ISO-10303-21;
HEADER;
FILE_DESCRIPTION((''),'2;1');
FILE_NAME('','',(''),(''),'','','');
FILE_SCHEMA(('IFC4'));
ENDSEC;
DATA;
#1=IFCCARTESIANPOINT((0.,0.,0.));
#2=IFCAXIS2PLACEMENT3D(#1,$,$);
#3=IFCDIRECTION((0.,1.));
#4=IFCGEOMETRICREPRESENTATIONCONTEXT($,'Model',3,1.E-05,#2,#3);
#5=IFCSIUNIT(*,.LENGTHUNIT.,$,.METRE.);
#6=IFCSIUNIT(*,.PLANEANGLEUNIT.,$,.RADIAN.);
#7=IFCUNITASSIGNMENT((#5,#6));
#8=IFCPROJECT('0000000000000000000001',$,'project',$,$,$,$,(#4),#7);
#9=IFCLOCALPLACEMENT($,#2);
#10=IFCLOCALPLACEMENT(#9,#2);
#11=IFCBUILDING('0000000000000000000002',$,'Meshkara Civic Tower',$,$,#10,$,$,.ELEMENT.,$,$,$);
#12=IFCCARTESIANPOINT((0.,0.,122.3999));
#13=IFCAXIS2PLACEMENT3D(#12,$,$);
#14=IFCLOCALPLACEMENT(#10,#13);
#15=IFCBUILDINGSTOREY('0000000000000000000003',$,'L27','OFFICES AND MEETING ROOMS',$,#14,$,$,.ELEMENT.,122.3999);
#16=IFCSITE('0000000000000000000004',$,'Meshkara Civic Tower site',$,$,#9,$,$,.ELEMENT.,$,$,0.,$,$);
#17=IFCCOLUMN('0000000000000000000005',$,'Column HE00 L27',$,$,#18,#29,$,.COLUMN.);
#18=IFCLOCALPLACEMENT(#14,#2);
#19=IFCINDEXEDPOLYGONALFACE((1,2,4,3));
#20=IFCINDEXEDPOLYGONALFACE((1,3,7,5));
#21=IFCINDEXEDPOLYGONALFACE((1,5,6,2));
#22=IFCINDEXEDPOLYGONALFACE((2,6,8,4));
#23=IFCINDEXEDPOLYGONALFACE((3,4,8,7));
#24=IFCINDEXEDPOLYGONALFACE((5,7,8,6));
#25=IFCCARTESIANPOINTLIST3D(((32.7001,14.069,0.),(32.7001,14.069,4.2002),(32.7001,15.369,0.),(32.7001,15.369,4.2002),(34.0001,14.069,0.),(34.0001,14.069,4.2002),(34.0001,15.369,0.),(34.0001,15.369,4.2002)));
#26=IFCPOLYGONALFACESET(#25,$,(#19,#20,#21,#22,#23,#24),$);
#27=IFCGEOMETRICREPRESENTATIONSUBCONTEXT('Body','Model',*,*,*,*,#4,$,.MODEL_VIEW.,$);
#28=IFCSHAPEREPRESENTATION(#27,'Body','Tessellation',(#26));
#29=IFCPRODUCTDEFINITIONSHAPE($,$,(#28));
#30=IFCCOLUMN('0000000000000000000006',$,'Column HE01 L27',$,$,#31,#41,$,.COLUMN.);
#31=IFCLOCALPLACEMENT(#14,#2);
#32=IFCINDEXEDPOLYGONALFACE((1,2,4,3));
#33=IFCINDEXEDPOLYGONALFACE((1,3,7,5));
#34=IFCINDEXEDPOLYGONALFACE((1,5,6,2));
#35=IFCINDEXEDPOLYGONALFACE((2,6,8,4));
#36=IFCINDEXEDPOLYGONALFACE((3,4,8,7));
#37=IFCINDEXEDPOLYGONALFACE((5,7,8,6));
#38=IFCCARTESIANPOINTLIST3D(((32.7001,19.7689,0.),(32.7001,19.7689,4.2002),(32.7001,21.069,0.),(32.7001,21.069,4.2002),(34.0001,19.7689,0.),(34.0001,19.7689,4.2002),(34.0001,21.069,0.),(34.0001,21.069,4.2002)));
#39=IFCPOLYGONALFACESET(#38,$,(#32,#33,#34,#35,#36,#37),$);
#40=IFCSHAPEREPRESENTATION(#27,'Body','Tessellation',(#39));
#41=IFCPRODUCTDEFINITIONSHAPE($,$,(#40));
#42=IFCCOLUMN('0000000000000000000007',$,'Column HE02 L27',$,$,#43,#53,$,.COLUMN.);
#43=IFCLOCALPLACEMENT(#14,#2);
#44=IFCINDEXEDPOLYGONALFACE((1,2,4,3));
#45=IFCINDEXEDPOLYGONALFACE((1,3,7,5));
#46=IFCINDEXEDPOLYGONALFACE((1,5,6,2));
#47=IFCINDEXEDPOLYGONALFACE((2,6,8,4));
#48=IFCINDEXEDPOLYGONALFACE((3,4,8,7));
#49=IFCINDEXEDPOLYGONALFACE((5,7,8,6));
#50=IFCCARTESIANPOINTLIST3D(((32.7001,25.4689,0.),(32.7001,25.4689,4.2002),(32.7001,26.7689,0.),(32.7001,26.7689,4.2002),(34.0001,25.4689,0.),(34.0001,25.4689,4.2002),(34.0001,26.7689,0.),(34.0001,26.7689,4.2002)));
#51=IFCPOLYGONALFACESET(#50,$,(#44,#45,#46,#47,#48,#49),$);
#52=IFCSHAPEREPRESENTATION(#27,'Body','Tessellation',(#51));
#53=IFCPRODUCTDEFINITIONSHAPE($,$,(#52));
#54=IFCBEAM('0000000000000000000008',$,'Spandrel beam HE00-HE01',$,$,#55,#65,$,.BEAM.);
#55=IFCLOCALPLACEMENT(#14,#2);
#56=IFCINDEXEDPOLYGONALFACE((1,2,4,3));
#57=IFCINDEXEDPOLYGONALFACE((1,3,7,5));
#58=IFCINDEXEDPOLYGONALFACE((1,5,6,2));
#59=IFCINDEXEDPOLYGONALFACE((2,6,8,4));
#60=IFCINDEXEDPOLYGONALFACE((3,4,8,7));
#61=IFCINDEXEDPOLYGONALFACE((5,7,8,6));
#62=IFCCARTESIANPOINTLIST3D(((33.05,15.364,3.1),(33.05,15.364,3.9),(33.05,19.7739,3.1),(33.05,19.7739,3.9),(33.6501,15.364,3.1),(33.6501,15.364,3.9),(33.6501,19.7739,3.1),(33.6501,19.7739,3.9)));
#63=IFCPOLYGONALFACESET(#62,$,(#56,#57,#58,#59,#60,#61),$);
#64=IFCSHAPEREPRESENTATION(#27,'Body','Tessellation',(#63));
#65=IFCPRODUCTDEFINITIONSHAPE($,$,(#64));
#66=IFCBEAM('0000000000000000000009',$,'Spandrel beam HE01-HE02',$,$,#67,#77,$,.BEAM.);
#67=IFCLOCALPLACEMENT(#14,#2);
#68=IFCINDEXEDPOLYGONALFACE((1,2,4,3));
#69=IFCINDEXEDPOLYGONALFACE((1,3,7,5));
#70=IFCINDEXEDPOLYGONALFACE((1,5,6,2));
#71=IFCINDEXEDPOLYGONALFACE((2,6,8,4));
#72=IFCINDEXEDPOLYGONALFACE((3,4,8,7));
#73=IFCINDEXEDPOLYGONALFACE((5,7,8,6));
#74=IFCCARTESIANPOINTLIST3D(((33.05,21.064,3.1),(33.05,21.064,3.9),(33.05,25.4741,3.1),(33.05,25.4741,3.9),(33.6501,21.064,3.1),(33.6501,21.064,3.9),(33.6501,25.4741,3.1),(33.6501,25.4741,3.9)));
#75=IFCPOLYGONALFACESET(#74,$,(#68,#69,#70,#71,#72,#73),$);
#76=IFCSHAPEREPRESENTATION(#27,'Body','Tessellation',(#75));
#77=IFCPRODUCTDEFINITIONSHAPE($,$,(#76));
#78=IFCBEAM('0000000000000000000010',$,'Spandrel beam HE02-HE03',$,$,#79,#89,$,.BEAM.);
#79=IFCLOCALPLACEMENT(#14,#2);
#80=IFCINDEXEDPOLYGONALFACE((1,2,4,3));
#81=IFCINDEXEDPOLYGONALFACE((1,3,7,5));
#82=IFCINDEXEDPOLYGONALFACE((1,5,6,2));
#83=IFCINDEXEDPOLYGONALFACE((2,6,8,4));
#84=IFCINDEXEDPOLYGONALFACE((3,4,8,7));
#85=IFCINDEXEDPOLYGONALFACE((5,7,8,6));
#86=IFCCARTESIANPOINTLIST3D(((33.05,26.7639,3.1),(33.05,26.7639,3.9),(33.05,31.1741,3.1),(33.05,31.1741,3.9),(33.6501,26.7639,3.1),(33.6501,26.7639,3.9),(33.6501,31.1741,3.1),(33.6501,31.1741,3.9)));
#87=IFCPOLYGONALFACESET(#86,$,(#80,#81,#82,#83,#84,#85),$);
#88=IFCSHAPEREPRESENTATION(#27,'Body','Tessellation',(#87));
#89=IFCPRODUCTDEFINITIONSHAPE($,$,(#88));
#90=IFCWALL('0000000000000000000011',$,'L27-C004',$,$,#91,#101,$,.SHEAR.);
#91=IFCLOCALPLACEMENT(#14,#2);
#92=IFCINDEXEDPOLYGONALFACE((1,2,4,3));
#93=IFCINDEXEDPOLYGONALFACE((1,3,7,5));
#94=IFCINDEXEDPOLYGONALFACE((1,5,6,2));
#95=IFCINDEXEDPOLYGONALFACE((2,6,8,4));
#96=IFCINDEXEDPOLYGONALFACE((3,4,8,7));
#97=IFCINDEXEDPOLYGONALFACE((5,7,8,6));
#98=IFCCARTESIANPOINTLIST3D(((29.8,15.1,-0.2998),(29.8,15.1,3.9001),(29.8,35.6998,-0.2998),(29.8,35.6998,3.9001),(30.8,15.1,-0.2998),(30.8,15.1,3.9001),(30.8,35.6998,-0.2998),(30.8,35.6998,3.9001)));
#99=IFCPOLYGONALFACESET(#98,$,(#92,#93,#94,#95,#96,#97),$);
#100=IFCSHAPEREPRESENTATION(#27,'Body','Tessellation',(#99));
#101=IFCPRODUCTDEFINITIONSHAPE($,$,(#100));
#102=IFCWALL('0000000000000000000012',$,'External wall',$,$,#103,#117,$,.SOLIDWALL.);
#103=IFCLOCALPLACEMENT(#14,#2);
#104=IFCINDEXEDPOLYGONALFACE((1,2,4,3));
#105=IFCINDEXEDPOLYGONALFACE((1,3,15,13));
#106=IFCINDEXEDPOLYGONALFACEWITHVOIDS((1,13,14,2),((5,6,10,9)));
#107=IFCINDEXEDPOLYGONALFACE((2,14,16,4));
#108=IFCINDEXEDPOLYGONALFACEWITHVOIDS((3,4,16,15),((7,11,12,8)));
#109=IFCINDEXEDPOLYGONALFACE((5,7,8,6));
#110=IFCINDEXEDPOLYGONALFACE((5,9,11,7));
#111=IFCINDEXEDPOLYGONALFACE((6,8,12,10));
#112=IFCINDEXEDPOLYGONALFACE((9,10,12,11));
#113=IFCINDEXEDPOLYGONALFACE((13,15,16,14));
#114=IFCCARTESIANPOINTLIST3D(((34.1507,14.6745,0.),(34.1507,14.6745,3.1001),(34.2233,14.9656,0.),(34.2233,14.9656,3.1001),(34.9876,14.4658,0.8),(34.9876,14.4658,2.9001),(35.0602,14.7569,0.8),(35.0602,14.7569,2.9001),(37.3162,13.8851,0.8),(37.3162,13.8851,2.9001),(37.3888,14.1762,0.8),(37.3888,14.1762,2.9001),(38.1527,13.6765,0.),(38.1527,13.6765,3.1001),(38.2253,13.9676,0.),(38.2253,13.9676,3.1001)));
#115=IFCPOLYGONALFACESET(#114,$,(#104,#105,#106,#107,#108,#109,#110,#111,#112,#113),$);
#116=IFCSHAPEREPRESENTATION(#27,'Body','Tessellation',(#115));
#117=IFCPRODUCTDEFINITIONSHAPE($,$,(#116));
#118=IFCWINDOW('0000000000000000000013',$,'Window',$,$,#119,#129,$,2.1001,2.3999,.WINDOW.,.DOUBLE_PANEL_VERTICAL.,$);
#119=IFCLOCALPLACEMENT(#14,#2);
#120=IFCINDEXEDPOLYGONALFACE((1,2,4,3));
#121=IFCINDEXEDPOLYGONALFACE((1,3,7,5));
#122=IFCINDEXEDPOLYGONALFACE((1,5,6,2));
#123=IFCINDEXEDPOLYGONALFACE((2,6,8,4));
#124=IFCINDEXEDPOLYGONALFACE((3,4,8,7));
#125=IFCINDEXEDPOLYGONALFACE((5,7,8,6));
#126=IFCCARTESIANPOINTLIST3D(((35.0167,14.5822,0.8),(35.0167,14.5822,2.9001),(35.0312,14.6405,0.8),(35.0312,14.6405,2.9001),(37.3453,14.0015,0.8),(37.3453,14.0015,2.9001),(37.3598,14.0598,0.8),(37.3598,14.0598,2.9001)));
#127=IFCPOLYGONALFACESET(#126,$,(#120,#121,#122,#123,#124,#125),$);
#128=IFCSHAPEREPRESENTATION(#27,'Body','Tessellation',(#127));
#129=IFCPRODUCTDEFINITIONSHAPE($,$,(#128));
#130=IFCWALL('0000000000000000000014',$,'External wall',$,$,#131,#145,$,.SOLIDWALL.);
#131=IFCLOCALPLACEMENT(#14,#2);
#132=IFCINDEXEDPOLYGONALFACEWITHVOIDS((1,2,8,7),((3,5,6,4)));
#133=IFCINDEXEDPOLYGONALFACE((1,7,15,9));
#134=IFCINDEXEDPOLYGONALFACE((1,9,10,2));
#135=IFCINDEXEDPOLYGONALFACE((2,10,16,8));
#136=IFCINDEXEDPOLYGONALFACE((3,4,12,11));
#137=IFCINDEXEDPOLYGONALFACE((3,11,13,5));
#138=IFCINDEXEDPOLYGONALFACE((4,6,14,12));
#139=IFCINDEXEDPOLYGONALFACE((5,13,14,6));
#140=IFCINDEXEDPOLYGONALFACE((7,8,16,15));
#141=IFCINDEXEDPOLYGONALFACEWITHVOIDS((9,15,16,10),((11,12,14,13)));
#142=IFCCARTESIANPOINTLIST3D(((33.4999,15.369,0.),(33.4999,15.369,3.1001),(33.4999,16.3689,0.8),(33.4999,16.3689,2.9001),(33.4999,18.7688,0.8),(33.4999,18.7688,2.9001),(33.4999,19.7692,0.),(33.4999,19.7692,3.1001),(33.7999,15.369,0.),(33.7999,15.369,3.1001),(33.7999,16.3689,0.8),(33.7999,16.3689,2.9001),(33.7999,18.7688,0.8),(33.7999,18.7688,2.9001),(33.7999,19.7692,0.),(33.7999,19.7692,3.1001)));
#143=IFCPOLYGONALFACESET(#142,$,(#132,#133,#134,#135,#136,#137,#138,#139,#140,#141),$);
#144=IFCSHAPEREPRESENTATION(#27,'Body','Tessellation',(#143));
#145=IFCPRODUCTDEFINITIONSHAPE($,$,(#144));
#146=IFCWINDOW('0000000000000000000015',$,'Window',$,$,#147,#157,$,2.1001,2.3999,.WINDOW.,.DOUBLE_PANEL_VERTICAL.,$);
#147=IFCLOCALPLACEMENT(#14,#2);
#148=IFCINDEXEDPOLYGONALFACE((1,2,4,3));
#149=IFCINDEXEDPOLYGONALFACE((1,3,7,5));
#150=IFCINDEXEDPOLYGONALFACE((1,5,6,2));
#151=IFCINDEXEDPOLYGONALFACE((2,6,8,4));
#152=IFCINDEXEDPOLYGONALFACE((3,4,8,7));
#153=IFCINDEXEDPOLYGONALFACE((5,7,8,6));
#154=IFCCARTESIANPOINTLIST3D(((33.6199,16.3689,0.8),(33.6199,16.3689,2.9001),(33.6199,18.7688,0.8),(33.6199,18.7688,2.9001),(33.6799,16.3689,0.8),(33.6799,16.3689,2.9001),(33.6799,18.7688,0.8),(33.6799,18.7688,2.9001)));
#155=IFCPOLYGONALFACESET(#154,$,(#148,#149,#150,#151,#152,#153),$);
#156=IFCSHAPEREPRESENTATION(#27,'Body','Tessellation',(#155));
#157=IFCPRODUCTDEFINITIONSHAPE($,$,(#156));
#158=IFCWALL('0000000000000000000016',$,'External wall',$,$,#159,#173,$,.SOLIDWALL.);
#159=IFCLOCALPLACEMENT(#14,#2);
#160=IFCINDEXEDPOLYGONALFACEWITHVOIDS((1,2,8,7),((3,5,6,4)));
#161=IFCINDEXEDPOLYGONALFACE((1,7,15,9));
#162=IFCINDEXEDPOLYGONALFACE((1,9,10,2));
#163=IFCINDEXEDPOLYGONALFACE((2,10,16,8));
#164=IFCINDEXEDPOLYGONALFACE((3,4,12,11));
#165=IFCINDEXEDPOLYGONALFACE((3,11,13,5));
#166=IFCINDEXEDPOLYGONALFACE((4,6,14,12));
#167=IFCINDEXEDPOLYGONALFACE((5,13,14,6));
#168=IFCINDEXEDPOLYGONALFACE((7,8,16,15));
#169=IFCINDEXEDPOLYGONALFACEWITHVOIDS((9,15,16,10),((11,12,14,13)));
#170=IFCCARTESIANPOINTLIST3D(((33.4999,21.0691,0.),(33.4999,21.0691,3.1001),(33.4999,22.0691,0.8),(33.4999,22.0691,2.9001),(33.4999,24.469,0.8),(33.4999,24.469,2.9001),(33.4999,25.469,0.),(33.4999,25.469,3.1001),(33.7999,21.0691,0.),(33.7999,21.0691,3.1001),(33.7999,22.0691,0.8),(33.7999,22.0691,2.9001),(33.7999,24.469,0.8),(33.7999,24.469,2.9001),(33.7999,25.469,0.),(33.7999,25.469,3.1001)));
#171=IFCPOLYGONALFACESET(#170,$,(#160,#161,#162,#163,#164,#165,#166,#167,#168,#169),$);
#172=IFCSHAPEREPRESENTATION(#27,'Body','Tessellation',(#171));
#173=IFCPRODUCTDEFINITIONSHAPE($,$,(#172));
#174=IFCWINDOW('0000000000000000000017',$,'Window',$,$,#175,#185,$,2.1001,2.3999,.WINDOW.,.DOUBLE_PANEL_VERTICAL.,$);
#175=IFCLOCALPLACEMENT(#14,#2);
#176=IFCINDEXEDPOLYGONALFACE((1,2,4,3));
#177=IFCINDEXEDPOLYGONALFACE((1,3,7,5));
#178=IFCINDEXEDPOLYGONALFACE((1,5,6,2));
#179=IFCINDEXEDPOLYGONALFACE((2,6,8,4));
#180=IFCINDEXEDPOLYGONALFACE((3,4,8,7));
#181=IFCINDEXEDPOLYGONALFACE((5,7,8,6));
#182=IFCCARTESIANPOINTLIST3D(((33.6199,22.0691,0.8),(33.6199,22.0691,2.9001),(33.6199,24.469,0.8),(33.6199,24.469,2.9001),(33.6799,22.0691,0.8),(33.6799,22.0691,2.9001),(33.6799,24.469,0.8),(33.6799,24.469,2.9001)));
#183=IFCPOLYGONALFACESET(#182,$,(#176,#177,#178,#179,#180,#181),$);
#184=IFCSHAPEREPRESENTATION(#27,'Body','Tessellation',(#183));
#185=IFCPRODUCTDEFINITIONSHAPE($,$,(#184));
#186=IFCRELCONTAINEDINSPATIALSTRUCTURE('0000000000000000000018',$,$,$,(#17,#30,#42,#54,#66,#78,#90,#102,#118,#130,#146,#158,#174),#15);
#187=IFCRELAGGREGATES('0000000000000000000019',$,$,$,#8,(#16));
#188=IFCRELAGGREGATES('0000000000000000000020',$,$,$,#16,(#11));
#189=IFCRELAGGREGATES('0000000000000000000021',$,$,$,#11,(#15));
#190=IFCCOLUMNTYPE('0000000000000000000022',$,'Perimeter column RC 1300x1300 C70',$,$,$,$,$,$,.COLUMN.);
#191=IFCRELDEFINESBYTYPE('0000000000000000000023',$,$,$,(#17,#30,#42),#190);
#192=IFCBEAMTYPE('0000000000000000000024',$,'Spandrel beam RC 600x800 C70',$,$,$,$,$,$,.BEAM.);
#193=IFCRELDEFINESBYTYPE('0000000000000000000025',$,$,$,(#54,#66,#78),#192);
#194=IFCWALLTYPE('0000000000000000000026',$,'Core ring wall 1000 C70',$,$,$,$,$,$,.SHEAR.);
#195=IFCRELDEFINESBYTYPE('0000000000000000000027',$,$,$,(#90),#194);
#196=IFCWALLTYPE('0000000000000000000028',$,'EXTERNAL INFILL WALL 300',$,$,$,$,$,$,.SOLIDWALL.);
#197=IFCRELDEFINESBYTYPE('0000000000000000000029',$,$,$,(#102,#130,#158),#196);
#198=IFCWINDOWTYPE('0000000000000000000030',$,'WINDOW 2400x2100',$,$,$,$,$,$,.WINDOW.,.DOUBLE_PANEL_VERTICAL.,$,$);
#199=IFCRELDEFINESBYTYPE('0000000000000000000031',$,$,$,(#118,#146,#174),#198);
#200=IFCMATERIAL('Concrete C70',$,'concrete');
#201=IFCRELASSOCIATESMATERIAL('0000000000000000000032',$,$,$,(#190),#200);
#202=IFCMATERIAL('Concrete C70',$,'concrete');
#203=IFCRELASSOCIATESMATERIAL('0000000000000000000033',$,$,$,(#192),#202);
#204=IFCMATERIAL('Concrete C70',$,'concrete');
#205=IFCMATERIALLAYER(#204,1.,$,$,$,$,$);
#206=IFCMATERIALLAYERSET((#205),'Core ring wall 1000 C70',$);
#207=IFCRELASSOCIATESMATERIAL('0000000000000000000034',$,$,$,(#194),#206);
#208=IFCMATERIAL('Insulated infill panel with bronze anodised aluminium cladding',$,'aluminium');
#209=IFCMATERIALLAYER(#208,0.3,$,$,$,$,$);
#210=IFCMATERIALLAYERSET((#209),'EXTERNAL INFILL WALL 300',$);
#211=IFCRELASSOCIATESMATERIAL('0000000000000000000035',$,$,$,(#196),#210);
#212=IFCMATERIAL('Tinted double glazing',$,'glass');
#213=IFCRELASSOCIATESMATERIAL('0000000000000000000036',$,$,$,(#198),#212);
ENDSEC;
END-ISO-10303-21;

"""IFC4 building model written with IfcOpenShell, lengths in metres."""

from ifc_helpers import new_model, si_unit, direction, frame, frame_2d, origin, origin_2d, place, context, subcontext, project, spatial, rectangle, extrude, material, layer, layer_set, material_profile, profile_set, type_object, element, fill, save


model = new_model("IFC4")

# Units and contexts
model_context = context("Model", 3, precision=1e-05, world=origin(), true_north=direction((0.0, 1.0)))
body_context = subcontext(model_context, "Body", "Model", "MODEL_VIEW")
ifc_project = project(units=[si_unit("LENGTHUNIT", "METRE"), si_unit("PLANEANGLEUNIT", "RADIAN")], contexts=[model_context])

# Site, building, storey
site_placement = place(None, origin())
site = spatial("IfcSite", under=ifc_project, at=site_placement, Name="Meshkara Civic Tower site", CompositionType="ELEMENT", RefElevation=0.0)
building_placement = place(site_placement, origin())
building = spatial("IfcBuilding", under=site, at=building_placement, Name="Meshkara Civic Tower", CompositionType="ELEMENT")
storey_placement = place(building_placement, frame((0.0, 0.0, 122.3999)))
storey = spatial("IfcBuildingStorey", under=building, at=storey_placement, Name="L27", Description="OFFICES AND MEETING ROOMS", CompositionType="ELEMENT", Elevation=122.3999)

# Columns
ifc_material_1 = material(Name="Concrete C70", Category="concrete")
ifc_material_profile_1 = material_profile(ifc_material_1, rectangle(XDim=1.3, YDim=1.3, at=origin_2d()))
ifc_profile_set_1 = profile_set([ifc_material_profile_1], Name="Concrete C70")
column_type = type_object("IfcColumnType", Name="Perimeter column RC 1300x1300 C70", PredefinedType="COLUMN", material=ifc_profile_set_1)
for number, where, z_axis, x_axis, name in (
    (1, (33.3501, 14.719, 0.0), (0.0, 0.0, 1.0), (1.0, 0.0, 0.0), "Column HE00 L27"),
    (2, (33.3501, 20.4189, 0.0), (0.0, 0.0, 1.0), (1.0, 0.0, 0.0), "Column HE01 L27"),
    (3, (33.3501, 26.1189, 0.0), (0.0, 0.0, 1.0), (1.0, 0.0, 0.0), "Column HE02 L27"),
):
    element("IfcColumn", number, at=place(storey_placement, frame(where, z_axis=z_axis, x_axis=x_axis)), inside=storey, type_object=column_type, Name=name, PredefinedType="COLUMN", context=body_context, shape_type="SweptSolid", body=[
        extrude(rectangle(XDim=1.3, YDim=1.3, at=origin_2d()), origin(), (0.0, 0.0, 1.0), 4.2002),
    ])

# Beams
ifc_material_2 = material(Name="Concrete C70", Category="concrete")
ifc_material_profile_2 = material_profile(ifc_material_2, rectangle(XDim=0.6001, YDim=0.8, at=origin_2d()))
ifc_profile_set_2 = profile_set([ifc_material_profile_2], Name="Concrete C70")
beam_type = type_object("IfcBeamType", Name="Spandrel beam RC 600x800 C70", PredefinedType="BEAM", material=ifc_profile_set_2)
beam_placement = place(storey_placement, frame((33.3501, 15.364, 3.5), z_axis=(0.0, 1.0, 0.0), x_axis=(-1.0, 0.0, 0.0)))
element("IfcBeam", 4, at=beam_placement, inside=storey, type_object=beam_type, Name="Spandrel beam HE00-HE01", PredefinedType="BEAM", context=body_context, shape_type="SweptSolid", body=[
    extrude(rectangle(XDim=0.6001, YDim=0.8, at=origin_2d()), origin(), (0.0, 0.0, 1.0), 4.4099),
])
for number, where, z_axis, x_axis, name in (
    (5, (33.3501, 21.064, 3.5), (0.0, 1.0, 0.0), (-1.0, 0.0, 0.0), "Spandrel beam HE01-HE02"),
    (6, (33.3501, 26.7639, 3.5), (0.0, 1.0, 0.0), (-1.0, 0.0, 0.0), "Spandrel beam HE02-HE03"),
):
    element("IfcBeam", number, at=place(storey_placement, frame(where, z_axis=z_axis, x_axis=x_axis)), inside=storey, type_object=beam_type, Name=name, PredefinedType="BEAM", context=body_context, shape_type="SweptSolid", body=[
        extrude(rectangle(XDim=0.6001, YDim=0.8, at=origin_2d()), origin(), (0.0, 0.0, 1.0), 4.4102),
    ])

# Wall
ifc_material_3 = material(Name="Concrete C70", Category="concrete")
ifc_layer_1 = layer(ifc_material_3, 1.0)
ifc_layer_set_1 = layer_set([ifc_layer_1], Name="Core ring wall 1000 C70")
wall_type_1 = type_object("IfcWallType", Name="Core ring wall 1000 C70", PredefinedType="SHEAR", material=ifc_layer_set_1)
wall_1_placement = place(storey_placement, frame((30.3, 15.1001, -0.2998), z_axis=(0.0, 0.0, 1.0), x_axis=(0.0, 1.0, 0.0)))
element("IfcWall", 7, at=wall_1_placement, inside=storey, type_object=wall_type_1, Name="L27-C004", PredefinedType="SHEAR", context=body_context, shape_type="SweptSolid", body=[
    extrude(rectangle(XDim=20.5999, YDim=1.0, at=frame_2d((10.2998, 0.0))), origin(), (0.0, 0.0, 1.0), 4.2),
])

# Walls, openings, windows
ifc_material_4 = material(Name="Insulated infill panel with bronze anodised aluminium cladding", Category="aluminium")
ifc_layer_2 = layer(ifc_material_4, 0.3)
ifc_layer_set_2 = layer_set([ifc_layer_2], Name="EXTERNAL INFILL WALL 300")
wall_type_2 = type_object("IfcWallType", Name="EXTERNAL INFILL WALL 300", PredefinedType="SOLIDWALL", material=ifc_layer_set_2)
wall_2_placement = place(storey_placement, frame((38.189, 13.822, 0.0), z_axis=(0.0, 0.0, 1.0), x_axis=(-0.970282, 0.241978, 0.0)))
wall_2 = element("IfcWall", 8, at=wall_2_placement, inside=storey, type_object=wall_type_2, Name="External wall", PredefinedType="SOLIDWALL", context=body_context, shape_type="SweptSolid", body=[
    extrude(rectangle(XDim=4.1245, YDim=0.3, at=frame_2d((2.0623, 0.0))), origin(), (0.0, 0.0, 1.0), 3.1001),
])
opening_1_placement = place(wall_2_placement, frame((0.8621, 0.0, 0.8)))
opening_1 = element("IfcOpeningElement", 9, at=opening_1_placement, cuts=wall_2, PredefinedType="OPENING", context=body_context, shape_type="SweptSolid", body=[
    extrude(rectangle(XDim=2.3999, YDim=2.1001, at=frame_2d((1.2, 1.05))), frame((0.0, 0.1599, 0.0), z_axis=(0.0, -1.0, 0.0), x_axis=(1.0, 0.0, 0.0)), (0.0, 0.0, 1.0), 0.3201),
])
ifc_material_5 = material(Name="Tinted double glazing", Category="glass")
window_type = type_object("IfcWindowType", Name="WINDOW 2400x2100", PartitioningType="DOUBLE_PANEL_VERTICAL", PredefinedType="WINDOW", material=ifc_material_5)
window_1_placement = place(opening_1_placement, origin())
window_1 = element("IfcWindow", 10, at=window_1_placement, inside=storey, type_object=window_type, Name="Window", OverallHeight=2.1001, OverallWidth=2.3999, PartitioningType="DOUBLE_PANEL_VERTICAL", PredefinedType="WINDOW", context=body_context, shape_type="SweptSolid", body=[
    extrude(rectangle(XDim=2.3999, YDim=2.1001, at=frame_2d((1.2, 1.05))), frame((0.0, 0.03, 0.0), z_axis=(0.0, -1.0, 0.0), x_axis=(1.0, 0.0, 0.0)), (0.0, 0.0, 1.0), 0.0601),
])
fill(opening_1, window_1)
wall_3_placement = place(storey_placement, frame((33.6499, 15.3689, 0.0), z_axis=(0.0, 0.0, 1.0), x_axis=(0.0, 1.0, 0.0)))
wall_3 = element("IfcWall", 11, at=wall_3_placement, inside=storey, type_object=wall_type_2, Name="External wall", PredefinedType="SOLIDWALL", context=body_context, shape_type="SweptSolid", body=[
    extrude(rectangle(XDim=4.4001, YDim=0.3, at=frame_2d((2.2002, 0.0))), origin(), (0.0, 0.0, 1.0), 3.1001),
])
opening_2_placement = place(wall_3_placement, frame((1.0, 0.0, 0.8)))
opening_2 = element("IfcOpeningElement", 12, at=opening_2_placement, cuts=wall_3, PredefinedType="OPENING", context=body_context, shape_type="SweptSolid", body=[
    extrude(rectangle(XDim=2.3999, YDim=2.1001, at=frame_2d((1.2, 1.05))), frame((0.0, 0.1599, 0.0), z_axis=(0.0, -1.0, 0.0), x_axis=(1.0, 0.0, 0.0)), (0.0, 0.0, 1.0), 0.3201),
])
window_2_placement = place(opening_2_placement, origin())
window_2 = element("IfcWindow", 13, at=window_2_placement, inside=storey, type_object=window_type, Name="Window", OverallHeight=2.1001, OverallWidth=2.3999, PartitioningType="DOUBLE_PANEL_VERTICAL", PredefinedType="WINDOW", context=body_context, shape_type="SweptSolid", body=[
    extrude(rectangle(XDim=2.3999, YDim=2.1001, at=frame_2d((1.2, 1.05))), frame((0.0, 0.03, 0.0), z_axis=(0.0, -1.0, 0.0), x_axis=(1.0, 0.0, 0.0)), (0.0, 0.0, 1.0), 0.0601),
])
fill(opening_2, window_2)
wall_4_placement = place(storey_placement, frame((33.6499, 21.0691, 0.0), z_axis=(0.0, 0.0, 1.0), x_axis=(0.0, 1.0, 0.0)))
wall_4 = element("IfcWall", 14, at=wall_4_placement, inside=storey, type_object=wall_type_2, Name="External wall", PredefinedType="SOLIDWALL", context=body_context, shape_type="SweptSolid", body=[
    extrude(rectangle(XDim=4.3999, YDim=0.3, at=frame_2d((2.2, 0.0))), origin(), (0.0, 0.0, 1.0), 3.1001),
])
opening_3_placement = place(wall_4_placement, frame((1.0, 0.0, 0.8)))
opening_3 = element("IfcOpeningElement", 15, at=opening_3_placement, cuts=wall_4, PredefinedType="OPENING", context=body_context, shape_type="SweptSolid", body=[
    extrude(rectangle(XDim=2.3999, YDim=2.1001, at=frame_2d((1.2, 1.05))), frame((0.0, 0.1599, 0.0), z_axis=(0.0, -1.0, 0.0), x_axis=(1.0, 0.0, 0.0)), (0.0, 0.0, 1.0), 0.3201),
])
window_3_placement = place(opening_3_placement, origin())
window_3 = element("IfcWindow", 16, at=window_3_placement, inside=storey, type_object=window_type, Name="Window", OverallHeight=2.1001, OverallWidth=2.3999, PartitioningType="DOUBLE_PANEL_VERTICAL", PredefinedType="WINDOW", context=body_context, shape_type="SweptSolid", body=[
    extrude(rectangle(XDim=2.3999, YDim=2.1001, at=frame_2d((1.2, 1.05))), frame((0.0, 0.03, 0.0), z_axis=(0.0, -1.0, 0.0), x_axis=(1.0, 0.0, 0.0)), (0.0, 0.0, 1.0), 0.0601),
])
fill(opening_3, window_3)

save(model, "model.ifc")
